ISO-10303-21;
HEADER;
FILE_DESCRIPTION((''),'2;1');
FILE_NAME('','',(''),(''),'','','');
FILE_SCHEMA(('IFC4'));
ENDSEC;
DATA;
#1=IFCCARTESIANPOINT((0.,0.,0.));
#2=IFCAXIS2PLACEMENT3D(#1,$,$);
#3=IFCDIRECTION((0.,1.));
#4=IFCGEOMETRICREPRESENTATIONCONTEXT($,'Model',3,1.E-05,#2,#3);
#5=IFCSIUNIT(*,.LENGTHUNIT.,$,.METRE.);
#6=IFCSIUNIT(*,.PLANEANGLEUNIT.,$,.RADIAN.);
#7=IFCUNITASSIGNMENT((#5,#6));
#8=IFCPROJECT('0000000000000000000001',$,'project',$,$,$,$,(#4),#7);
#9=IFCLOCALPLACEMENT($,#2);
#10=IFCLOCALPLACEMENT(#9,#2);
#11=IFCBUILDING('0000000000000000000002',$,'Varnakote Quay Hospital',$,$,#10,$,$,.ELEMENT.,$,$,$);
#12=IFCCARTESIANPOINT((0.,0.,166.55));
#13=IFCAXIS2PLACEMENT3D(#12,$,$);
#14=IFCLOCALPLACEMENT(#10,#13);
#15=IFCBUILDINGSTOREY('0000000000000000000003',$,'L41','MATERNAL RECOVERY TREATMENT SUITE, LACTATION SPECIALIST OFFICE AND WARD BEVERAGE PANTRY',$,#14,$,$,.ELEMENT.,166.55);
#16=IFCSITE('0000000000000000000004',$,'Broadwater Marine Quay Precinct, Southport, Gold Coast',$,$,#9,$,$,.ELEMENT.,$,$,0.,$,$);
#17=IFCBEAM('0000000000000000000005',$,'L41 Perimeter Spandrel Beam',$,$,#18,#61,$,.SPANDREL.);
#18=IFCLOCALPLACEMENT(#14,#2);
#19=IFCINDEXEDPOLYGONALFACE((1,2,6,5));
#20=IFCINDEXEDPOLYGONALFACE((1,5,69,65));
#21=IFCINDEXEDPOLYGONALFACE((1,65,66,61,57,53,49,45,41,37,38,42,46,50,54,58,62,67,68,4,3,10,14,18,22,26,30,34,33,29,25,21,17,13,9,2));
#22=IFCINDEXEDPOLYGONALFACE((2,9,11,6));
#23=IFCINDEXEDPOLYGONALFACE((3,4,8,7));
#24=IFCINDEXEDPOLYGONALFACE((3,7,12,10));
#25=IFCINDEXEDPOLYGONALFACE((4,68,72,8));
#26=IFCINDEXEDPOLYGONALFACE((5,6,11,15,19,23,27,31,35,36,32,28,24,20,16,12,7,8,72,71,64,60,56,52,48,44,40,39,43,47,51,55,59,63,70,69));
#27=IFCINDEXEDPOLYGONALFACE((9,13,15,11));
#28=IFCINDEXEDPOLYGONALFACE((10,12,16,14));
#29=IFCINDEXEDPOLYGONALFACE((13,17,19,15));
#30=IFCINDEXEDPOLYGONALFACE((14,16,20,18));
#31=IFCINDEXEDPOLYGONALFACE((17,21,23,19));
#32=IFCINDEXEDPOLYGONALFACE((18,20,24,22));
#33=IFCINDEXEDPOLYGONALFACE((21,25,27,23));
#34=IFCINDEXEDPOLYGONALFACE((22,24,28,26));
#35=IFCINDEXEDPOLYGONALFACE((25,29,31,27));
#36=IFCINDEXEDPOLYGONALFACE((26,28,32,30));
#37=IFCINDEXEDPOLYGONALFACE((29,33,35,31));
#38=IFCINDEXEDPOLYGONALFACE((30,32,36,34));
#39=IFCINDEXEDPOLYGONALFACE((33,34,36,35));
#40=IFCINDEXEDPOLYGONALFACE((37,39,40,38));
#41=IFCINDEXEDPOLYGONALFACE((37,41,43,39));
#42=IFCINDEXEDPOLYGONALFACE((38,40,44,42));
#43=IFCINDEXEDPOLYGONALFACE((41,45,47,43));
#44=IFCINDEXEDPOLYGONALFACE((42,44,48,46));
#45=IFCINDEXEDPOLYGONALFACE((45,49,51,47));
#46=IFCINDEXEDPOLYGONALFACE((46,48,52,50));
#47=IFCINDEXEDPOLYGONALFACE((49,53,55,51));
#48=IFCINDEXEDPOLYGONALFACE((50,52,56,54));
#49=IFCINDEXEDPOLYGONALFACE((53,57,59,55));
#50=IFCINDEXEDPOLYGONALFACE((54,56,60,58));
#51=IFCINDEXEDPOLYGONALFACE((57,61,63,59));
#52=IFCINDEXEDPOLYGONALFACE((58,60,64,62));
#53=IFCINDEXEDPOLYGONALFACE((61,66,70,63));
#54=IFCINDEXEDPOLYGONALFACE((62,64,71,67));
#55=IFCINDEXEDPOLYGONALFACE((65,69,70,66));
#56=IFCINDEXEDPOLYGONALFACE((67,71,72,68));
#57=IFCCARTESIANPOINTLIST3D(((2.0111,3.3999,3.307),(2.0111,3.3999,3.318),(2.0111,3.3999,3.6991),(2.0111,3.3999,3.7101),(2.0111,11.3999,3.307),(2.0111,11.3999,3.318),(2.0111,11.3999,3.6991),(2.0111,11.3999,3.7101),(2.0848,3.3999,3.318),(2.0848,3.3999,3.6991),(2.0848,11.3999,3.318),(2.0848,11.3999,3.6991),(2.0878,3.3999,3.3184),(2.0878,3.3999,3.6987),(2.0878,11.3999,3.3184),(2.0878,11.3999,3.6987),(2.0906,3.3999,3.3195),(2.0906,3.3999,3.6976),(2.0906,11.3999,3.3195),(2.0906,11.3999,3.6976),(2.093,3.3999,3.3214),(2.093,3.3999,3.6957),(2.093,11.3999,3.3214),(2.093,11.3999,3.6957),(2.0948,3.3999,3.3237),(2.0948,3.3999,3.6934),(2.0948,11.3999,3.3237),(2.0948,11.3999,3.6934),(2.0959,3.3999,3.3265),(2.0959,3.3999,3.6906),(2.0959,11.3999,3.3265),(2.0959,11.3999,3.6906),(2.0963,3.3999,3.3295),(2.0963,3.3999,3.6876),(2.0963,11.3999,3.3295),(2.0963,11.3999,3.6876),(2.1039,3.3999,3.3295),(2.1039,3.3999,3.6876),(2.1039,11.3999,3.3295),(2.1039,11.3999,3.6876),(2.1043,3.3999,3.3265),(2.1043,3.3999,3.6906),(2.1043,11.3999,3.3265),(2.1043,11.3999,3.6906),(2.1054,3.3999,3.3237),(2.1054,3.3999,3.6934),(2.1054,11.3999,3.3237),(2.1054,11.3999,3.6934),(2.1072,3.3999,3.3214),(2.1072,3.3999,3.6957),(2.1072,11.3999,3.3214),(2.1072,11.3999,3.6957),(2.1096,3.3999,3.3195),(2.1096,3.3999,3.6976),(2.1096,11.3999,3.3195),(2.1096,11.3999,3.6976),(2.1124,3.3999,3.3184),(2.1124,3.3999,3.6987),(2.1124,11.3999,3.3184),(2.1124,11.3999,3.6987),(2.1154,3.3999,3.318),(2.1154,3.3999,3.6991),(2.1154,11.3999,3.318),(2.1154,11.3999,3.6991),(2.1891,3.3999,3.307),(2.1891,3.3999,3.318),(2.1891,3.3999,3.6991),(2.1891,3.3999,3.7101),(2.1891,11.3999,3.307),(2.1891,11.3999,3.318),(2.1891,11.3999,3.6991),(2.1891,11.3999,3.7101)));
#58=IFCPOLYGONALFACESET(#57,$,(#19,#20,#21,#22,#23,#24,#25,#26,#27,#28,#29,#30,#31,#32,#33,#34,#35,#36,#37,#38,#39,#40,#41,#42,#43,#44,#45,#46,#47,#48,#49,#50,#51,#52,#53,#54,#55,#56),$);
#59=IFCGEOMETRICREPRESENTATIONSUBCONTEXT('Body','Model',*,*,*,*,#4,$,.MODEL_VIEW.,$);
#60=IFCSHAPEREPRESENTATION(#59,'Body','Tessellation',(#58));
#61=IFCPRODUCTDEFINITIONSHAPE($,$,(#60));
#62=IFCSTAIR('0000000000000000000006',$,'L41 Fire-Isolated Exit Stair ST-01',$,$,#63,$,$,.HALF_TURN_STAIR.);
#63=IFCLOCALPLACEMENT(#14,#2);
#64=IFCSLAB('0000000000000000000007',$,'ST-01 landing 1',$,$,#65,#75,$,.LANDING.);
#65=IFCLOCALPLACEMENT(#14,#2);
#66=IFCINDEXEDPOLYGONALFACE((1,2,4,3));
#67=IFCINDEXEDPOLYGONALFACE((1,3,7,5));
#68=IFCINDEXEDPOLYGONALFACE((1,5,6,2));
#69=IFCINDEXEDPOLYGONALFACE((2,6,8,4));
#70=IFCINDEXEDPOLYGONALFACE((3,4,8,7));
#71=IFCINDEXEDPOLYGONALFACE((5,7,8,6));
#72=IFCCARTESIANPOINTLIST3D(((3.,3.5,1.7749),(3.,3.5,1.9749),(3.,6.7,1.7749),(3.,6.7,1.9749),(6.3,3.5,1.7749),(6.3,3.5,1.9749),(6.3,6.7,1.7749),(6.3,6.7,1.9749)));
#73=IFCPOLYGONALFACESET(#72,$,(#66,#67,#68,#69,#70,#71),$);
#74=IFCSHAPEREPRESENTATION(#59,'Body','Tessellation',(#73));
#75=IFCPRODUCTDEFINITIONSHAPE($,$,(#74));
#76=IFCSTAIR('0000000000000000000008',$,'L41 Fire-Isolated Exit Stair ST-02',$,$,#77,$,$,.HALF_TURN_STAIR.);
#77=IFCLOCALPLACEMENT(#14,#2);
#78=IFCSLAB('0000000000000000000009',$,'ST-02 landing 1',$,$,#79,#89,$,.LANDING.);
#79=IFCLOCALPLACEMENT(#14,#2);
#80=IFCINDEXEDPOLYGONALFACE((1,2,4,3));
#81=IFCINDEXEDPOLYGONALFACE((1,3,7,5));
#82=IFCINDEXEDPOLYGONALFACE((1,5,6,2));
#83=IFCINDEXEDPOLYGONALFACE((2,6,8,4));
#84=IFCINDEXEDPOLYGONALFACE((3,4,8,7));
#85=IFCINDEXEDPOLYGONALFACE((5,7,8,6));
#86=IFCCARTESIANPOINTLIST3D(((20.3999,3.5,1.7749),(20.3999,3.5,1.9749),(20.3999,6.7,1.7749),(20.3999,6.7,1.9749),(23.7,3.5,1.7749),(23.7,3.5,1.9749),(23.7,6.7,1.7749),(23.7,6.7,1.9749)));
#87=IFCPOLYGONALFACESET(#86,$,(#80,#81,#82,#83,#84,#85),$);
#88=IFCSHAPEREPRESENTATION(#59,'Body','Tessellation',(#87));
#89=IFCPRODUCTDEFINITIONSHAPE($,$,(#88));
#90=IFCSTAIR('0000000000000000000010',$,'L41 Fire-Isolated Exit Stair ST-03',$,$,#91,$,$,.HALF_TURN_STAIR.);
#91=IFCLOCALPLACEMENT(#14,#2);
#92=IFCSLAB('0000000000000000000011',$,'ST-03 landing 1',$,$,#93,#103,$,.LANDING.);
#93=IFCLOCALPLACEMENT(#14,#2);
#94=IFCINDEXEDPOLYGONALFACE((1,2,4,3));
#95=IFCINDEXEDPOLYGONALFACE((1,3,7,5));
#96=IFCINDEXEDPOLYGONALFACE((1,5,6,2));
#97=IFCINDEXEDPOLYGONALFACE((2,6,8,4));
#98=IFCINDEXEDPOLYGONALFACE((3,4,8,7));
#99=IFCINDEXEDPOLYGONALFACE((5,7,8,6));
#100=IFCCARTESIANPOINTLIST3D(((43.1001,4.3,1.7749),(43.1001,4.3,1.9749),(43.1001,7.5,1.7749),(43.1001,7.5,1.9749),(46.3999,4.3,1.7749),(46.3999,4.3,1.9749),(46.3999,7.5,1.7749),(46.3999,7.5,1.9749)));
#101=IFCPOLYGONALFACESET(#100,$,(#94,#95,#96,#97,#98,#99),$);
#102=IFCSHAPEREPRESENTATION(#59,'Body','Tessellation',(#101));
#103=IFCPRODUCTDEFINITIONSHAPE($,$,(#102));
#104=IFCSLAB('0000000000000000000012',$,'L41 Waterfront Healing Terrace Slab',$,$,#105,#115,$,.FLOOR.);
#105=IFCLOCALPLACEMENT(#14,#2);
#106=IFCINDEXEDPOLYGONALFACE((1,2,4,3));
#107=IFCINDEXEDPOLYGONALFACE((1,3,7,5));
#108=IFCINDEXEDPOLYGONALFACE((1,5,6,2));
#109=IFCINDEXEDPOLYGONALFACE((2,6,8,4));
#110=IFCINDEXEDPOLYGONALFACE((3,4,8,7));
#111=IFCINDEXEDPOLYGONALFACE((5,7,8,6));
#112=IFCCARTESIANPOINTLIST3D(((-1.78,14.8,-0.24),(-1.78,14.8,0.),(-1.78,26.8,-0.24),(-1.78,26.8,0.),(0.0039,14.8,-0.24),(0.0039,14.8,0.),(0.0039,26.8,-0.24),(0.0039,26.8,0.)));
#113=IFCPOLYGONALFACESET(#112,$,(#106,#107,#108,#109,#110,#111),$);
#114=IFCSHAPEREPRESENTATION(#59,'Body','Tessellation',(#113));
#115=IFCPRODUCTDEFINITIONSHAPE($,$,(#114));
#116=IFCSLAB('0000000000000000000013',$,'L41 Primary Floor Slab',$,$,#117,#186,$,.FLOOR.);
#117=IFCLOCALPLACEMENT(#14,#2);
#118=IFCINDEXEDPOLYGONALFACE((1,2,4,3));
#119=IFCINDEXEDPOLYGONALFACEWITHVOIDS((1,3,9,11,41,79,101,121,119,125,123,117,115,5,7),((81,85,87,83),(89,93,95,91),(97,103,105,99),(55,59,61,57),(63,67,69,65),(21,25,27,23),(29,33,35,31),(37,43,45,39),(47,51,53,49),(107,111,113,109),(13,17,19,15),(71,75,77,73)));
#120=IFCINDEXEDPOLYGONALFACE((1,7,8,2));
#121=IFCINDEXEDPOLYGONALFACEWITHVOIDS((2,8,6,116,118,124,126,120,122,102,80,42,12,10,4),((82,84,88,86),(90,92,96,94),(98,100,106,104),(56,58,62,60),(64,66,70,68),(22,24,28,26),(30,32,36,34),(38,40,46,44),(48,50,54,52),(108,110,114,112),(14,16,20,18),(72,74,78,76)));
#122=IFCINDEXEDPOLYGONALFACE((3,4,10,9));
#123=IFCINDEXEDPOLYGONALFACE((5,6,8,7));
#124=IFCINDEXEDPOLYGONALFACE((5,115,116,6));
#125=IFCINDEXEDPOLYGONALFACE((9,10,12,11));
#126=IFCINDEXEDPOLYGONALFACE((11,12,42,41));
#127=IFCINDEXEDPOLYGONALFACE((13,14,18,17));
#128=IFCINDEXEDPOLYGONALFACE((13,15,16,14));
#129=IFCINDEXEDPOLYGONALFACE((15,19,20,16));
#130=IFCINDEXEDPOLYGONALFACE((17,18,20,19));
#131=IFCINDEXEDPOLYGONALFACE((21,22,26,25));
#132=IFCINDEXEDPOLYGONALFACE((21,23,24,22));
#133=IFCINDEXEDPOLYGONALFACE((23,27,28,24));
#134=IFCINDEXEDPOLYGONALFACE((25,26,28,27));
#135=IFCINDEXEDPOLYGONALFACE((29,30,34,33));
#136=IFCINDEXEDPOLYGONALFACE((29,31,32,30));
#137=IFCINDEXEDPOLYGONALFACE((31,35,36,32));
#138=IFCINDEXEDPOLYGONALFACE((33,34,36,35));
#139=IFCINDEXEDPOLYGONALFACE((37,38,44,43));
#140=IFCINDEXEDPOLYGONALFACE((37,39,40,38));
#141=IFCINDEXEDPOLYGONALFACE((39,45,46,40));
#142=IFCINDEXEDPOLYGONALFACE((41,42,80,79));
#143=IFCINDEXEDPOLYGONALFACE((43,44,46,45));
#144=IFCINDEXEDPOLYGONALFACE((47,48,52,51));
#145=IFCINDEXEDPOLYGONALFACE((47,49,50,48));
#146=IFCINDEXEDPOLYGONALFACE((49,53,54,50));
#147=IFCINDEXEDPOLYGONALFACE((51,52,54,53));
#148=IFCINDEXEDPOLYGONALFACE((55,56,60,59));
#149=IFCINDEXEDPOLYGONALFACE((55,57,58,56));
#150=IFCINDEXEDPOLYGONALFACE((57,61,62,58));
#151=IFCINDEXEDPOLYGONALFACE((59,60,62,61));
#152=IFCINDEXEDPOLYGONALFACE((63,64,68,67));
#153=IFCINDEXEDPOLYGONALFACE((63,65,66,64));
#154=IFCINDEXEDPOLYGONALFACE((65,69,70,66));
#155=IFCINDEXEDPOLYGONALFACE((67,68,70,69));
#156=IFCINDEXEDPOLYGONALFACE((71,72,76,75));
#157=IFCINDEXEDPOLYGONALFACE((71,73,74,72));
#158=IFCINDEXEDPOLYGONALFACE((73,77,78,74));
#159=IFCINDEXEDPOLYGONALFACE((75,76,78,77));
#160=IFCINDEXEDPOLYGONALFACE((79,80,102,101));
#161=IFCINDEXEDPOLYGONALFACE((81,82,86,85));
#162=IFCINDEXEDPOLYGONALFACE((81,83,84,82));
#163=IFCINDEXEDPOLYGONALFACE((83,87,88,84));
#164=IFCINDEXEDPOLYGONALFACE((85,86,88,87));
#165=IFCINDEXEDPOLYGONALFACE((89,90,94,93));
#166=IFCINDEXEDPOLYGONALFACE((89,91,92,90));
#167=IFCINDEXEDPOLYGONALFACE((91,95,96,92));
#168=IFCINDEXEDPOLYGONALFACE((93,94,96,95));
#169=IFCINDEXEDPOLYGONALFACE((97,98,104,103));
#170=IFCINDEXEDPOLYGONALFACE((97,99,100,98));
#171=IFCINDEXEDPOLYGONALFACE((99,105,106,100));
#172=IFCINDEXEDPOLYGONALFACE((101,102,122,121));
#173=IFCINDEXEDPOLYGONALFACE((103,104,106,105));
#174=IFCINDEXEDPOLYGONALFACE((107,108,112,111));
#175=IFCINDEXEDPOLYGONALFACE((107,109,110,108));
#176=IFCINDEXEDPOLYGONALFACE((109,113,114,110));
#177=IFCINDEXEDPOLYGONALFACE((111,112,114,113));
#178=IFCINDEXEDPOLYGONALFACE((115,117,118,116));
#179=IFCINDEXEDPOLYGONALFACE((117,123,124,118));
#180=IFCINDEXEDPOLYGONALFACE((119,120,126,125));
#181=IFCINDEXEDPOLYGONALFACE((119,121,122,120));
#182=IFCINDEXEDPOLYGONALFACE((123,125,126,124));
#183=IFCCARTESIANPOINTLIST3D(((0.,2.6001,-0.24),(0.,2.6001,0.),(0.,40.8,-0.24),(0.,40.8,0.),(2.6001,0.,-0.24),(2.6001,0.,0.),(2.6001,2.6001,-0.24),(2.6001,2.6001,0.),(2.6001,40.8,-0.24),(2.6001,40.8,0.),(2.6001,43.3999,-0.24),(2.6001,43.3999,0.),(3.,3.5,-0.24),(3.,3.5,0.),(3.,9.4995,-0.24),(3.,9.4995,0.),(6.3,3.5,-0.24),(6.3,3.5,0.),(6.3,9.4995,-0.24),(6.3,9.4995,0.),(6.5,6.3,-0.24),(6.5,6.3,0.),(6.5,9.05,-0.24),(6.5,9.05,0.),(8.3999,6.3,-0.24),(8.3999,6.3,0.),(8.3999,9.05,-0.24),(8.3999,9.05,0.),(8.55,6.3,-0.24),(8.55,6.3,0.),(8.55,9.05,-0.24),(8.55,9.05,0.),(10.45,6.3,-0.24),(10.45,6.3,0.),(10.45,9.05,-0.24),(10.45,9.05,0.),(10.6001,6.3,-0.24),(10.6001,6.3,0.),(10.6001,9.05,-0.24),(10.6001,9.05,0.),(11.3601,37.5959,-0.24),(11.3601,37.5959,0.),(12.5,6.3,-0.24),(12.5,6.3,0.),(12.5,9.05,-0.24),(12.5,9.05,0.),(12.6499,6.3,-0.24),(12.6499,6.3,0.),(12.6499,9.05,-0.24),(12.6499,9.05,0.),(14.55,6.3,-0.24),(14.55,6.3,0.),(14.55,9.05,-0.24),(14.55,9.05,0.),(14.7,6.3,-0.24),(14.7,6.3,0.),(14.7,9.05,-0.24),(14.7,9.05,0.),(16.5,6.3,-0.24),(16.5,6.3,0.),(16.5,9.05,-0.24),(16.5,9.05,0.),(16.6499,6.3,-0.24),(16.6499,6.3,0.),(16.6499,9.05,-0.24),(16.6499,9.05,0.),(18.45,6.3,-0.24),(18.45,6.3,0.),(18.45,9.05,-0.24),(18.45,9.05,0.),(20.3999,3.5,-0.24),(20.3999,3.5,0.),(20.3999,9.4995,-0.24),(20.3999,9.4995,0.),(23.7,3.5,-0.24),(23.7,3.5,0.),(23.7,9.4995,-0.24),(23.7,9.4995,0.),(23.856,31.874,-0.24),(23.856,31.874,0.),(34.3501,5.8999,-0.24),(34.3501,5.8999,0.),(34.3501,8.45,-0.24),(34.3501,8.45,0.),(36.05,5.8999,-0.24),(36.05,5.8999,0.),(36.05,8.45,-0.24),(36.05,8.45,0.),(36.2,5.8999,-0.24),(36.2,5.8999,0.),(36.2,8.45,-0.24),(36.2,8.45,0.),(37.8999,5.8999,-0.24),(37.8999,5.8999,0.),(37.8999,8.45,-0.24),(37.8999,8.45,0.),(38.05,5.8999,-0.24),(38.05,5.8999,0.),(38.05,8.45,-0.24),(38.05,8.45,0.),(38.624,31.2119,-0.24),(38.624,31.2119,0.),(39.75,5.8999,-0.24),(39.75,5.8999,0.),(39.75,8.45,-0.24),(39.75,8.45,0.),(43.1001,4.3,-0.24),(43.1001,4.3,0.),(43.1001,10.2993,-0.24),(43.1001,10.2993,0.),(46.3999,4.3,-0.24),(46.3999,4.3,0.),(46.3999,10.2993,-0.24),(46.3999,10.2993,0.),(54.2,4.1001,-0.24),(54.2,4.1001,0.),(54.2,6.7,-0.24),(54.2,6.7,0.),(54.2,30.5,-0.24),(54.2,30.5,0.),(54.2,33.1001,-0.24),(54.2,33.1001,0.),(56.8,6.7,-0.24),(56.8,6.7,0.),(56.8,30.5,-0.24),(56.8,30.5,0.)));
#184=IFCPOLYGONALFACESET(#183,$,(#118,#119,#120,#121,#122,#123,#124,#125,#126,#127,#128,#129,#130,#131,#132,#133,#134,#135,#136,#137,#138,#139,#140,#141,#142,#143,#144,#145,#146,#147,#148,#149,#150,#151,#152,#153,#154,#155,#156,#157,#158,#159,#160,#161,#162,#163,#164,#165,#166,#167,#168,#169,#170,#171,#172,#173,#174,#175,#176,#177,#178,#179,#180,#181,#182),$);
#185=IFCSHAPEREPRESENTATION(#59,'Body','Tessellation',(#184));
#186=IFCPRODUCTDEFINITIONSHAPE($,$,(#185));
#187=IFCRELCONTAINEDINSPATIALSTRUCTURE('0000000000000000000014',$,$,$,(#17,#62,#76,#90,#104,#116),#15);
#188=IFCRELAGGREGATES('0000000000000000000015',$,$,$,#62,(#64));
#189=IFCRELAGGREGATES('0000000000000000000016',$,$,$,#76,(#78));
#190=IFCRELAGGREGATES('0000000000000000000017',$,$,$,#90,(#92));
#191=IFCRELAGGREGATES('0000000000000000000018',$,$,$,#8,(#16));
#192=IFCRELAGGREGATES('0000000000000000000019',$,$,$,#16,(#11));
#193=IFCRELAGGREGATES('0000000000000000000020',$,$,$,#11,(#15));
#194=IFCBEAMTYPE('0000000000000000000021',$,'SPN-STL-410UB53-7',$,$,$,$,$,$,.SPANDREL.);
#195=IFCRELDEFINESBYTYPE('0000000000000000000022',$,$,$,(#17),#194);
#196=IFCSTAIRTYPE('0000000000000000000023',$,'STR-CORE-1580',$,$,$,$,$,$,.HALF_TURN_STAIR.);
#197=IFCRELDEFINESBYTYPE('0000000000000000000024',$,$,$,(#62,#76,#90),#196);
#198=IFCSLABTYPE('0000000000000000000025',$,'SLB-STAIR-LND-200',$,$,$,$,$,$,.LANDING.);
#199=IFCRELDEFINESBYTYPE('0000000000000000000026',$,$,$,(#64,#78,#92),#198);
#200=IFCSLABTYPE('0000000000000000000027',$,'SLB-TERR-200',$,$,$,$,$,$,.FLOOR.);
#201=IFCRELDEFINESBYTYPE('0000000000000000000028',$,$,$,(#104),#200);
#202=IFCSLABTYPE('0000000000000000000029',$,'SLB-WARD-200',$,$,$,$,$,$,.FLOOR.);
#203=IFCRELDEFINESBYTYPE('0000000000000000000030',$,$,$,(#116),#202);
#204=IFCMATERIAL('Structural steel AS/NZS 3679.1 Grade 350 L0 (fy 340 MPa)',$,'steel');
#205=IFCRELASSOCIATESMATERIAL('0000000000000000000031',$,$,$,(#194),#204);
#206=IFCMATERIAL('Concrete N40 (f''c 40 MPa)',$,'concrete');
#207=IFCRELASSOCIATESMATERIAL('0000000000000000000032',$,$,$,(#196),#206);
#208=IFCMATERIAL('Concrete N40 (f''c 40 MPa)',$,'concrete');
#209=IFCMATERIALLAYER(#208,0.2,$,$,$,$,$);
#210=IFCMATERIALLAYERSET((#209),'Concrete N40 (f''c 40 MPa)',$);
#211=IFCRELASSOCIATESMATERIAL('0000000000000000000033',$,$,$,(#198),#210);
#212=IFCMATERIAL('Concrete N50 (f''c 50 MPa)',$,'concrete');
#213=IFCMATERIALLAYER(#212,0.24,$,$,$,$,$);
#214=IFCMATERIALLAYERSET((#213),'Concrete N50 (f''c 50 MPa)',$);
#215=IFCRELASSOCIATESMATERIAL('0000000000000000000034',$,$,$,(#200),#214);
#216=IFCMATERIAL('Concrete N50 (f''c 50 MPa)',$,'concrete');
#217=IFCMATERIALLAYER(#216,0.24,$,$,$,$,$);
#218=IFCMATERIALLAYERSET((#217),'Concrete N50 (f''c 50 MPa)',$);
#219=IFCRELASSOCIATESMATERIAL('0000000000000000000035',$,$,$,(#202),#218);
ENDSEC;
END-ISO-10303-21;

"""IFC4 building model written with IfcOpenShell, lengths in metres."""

from ifc_helpers import new_model, si_unit, direction, frame, origin, origin_2d, place, context, subcontext, project, spatial, polyline, i_section, outline, extrude, material, layer, layer_set, material_profile, profile_set, type_object, element, aggregate, save


model = new_model("IFC4")

# Units and contexts
model_context = context("Model", 3, precision=1e-05, world=origin(), true_north=direction((0.0, 1.0)))
body_context = subcontext(model_context, "Body", "Model", "MODEL_VIEW")
ifc_project = project(units=[si_unit("LENGTHUNIT", "METRE"), si_unit("PLANEANGLEUNIT", "RADIAN")], contexts=[model_context])

# Site, building, storey
site_placement = place(None, origin())
site = spatial("IfcSite", under=ifc_project, at=site_placement, Name="Broadwater Marine Quay Precinct, Southport, Gold Coast", CompositionType="ELEMENT", RefElevation=0.0)
building_placement = place(site_placement, origin())
building = spatial("IfcBuilding", under=site, at=building_placement, Name="Varnakote Quay Hospital", CompositionType="ELEMENT")
storey_placement = place(building_placement, frame((0.0, 0.0, 166.55)))
storey = spatial("IfcBuildingStorey", under=building, at=storey_placement, Name="L41", Description="MATERNAL RECOVERY TREATMENT SUITE, LACTATION SPECIALIST OFFICE AND WARD BEVERAGE PANTRY", CompositionType="ELEMENT", Elevation=166.55)

# Beam
ifc_material_1 = material(Name="Structural steel AS/NZS 3679.1 Grade 350 L0 (fy 340 MPa)", Category="steel")
ifc_material_profile_1 = material_profile(ifc_material_1, i_section(OverallWidth=0.178, OverallDepth=0.4031, WebThickness=0.0076, FlangeThickness=0.011, FilletRadius=0.0115, at=origin_2d()), Name="410UB53.7")
ifc_profile_set_1 = profile_set([ifc_material_profile_1], Name="Structural steel AS/NZS 3679.1 Grade 350 L0 (fy 340 MPa)")
beam_type_1 = type_object("IfcBeamType", Name="SPN-STL-410UB53-7", PredefinedType="SPANDREL", material=ifc_profile_set_1)
beam_1_placement = place(storey_placement, frame((2.1001, 3.3999, 3.5085), z_axis=(0.0, 1.0, 0.0), x_axis=(-1.0, 0.0, 0.0)))
element("IfcBeam", 1, at=beam_1_placement, inside=storey, type_object=beam_type_1, Name="L41 Perimeter Spandrel Beam", PredefinedType="SPANDREL", context=body_context, shape_type="SweptSolid", body=[
    extrude(i_section(OverallWidth=0.178, OverallDepth=0.4031, WebThickness=0.0076, FlangeThickness=0.011, FilletRadius=0.0115, at=origin_2d()), origin(), (0.0, 0.0, 1.0), 8.0),
])

# Stairs, slabs
ifc_material_2 = material(Name="Concrete N40 (f'c 40 MPa)", Category="concrete")
stair_type = type_object("IfcStairType", Name="STR-CORE-1580", PredefinedType="HALF_TURN_STAIR", material=ifc_material_2)
stair_1_placement = place(storey_placement, origin())
stair_1 = element("IfcStair", 2, at=stair_1_placement, inside=storey, type_object=stair_type, Name="L41 Fire-Isolated Exit Stair ST-01", PredefinedType="HALF_TURN_STAIR")
ifc_material_3 = material(Name="Concrete N40 (f'c 40 MPa)", Category="concrete")
ifc_layer_1 = layer(ifc_material_3, 0.2)
ifc_layer_set_1 = layer_set([ifc_layer_1], Name="Concrete N40 (f'c 40 MPa)")
slab_type_1 = type_object("IfcSlabType", Name="SLB-STAIR-LND-200", PredefinedType="LANDING", material=ifc_layer_set_1)
slab_1_placement = place(storey_placement, frame((0.0, 0.0, 1.7749)))
slab_1 = element("IfcSlab", 3, at=slab_1_placement, type_object=slab_type_1, Name="ST-01 landing 1", PredefinedType="LANDING", context=body_context, shape_type="SweptSolid", body=[
    extrude(outline(polyline([(3.0, 6.7), (3.0, 3.5), (6.3, 3.5), (6.3, 6.7), (3.0, 6.7)])), origin(), (0.0, 0.0, 1.0), 0.2),
])
aggregate(stair_1, [slab_1])
stair_2_placement = place(storey_placement, origin())
stair_2 = element("IfcStair", 4, at=stair_2_placement, inside=storey, type_object=stair_type, Name="L41 Fire-Isolated Exit Stair ST-02", PredefinedType="HALF_TURN_STAIR")
slab_2_placement = place(storey_placement, frame((0.0, 0.0, 1.7749)))
slab_2 = element("IfcSlab", 5, at=slab_2_placement, type_object=slab_type_1, Name="ST-02 landing 1", PredefinedType="LANDING", context=body_context, shape_type="SweptSolid", body=[
    extrude(outline(polyline([(20.3999, 6.7), (20.3999, 3.5), (23.7, 3.5), (23.7, 6.7), (20.3999, 6.7)])), origin(), (0.0, 0.0, 1.0), 0.2),
])
aggregate(stair_2, [slab_2])
stair_3_placement = place(storey_placement, origin())
stair_3 = element("IfcStair", 6, at=stair_3_placement, inside=storey, type_object=stair_type, Name="L41 Fire-Isolated Exit Stair ST-03", PredefinedType="HALF_TURN_STAIR")
slab_3_placement = place(storey_placement, frame((0.0, 0.0, 1.7749)))
slab_3 = element("IfcSlab", 7, at=slab_3_placement, type_object=slab_type_1, Name="ST-03 landing 1", PredefinedType="LANDING", context=body_context, shape_type="SweptSolid", body=[
    extrude(outline(polyline([(43.1001, 7.5), (43.1001, 4.3), (46.3999, 4.3), (46.3999, 7.5), (43.1001, 7.5)])), origin(), (0.0, 0.0, 1.0), 0.2),
])
aggregate(stair_3, [slab_3])

# Slabs
ifc_material_4 = material(Name="Concrete N50 (f'c 50 MPa)", Category="concrete")
ifc_layer_2 = layer(ifc_material_4, 0.24)
ifc_layer_set_2 = layer_set([ifc_layer_2], Name="Concrete N50 (f'c 50 MPa)")
slab_type_2 = type_object("IfcSlabType", Name="SLB-TERR-200", PredefinedType="FLOOR", material=ifc_layer_set_2)
slab_4_placement = place(storey_placement, frame((0.0, 0.0, -0.24)))
element("IfcSlab", 8, at=slab_4_placement, inside=storey, type_object=slab_type_2, Name="L41 Waterfront Healing Terrace Slab", PredefinedType="FLOOR", context=body_context, shape_type="SweptSolid", body=[
    extrude(outline(polyline([(0.0039, 14.8), (0.0039, 26.8), (-1.78, 26.8), (-1.78, 14.8), (0.0039, 14.8)])), origin(), (0.0, 0.0, 1.0), 0.24),
])
ifc_material_5 = material(Name="Concrete N50 (f'c 50 MPa)", Category="concrete")
ifc_layer_3 = layer(ifc_material_5, 0.24)
ifc_layer_set_3 = layer_set([ifc_layer_3], Name="Concrete N50 (f'c 50 MPa)")
slab_type_3 = type_object("IfcSlabType", Name="SLB-WARD-200", PredefinedType="FLOOR", material=ifc_layer_set_3)
slab_5_placement = place(storey_placement, frame((0.0, 0.0, -0.24)))
element("IfcSlab", 9, at=slab_5_placement, inside=storey, type_object=slab_type_3, Name="L41 Primary Floor Slab", PredefinedType="FLOOR", context=body_context, shape_type="SweptSolid", body=[
    extrude(outline(polyline([(0.0, 2.6001), (2.6001, 2.6001), (2.6001, 0.0), (54.2, 4.1001), (54.2, 6.7), (56.8, 6.7), (56.8, 30.5), (54.2, 30.5), (54.2, 33.1001), (38.624, 31.2119), (23.856, 31.874), (11.3601, 37.5959), (2.6001, 43.3999), (2.6001, 40.8), (0.0, 40.8), (0.0, 2.6001)]), holes=[polyline([(3.0, 3.5), (6.3, 3.5), (6.3, 9.4995), (3.0, 9.4995), (3.0, 3.5)]), polyline([(20.3999, 3.5), (23.7, 3.5), (23.7, 9.4995), (20.3999, 9.4995), (20.3999, 3.5)]), polyline([(43.1001, 4.3), (46.3999, 4.3), (46.3999, 10.2993), (43.1001, 10.2993), (43.1001, 4.3)]), polyline([(6.5, 6.3), (8.3999, 6.3), (8.3999, 9.05), (6.5, 9.05), (6.5, 6.3)]), polyline([(8.55, 6.3), (10.45, 6.3), (10.45, 9.05), (8.55, 9.05), (8.55, 6.3)]), polyline([(10.6001, 6.3), (12.5, 6.3), (12.5, 9.05), (10.6001, 9.05), (10.6001, 6.3)]), polyline([(12.6499, 6.3), (14.55, 6.3), (14.55, 9.05), (12.6499, 9.05), (12.6499, 6.3)]), polyline([(14.7, 6.3), (16.5, 6.3), (16.5, 9.05), (14.7, 9.05), (14.7, 6.3)]), polyline([(16.6499, 6.3), (18.45, 6.3), (18.45, 9.05), (16.6499, 9.05), (16.6499, 6.3)]), polyline([(34.3501, 5.8999), (36.05, 5.8999), (36.05, 8.45), (34.3501, 8.45), (34.3501, 5.8999)]), polyline([(36.2, 5.8999), (37.8999, 5.8999), (37.8999, 8.45), (36.2, 8.45), (36.2, 5.8999)]), polyline([(38.05, 5.8999), (39.75, 5.8999), (39.75, 8.45), (38.05, 8.45), (38.05, 5.8999)])]), origin(), (0.0, 0.0, 1.0), 0.24),
])

save(model, "model.ifc")
